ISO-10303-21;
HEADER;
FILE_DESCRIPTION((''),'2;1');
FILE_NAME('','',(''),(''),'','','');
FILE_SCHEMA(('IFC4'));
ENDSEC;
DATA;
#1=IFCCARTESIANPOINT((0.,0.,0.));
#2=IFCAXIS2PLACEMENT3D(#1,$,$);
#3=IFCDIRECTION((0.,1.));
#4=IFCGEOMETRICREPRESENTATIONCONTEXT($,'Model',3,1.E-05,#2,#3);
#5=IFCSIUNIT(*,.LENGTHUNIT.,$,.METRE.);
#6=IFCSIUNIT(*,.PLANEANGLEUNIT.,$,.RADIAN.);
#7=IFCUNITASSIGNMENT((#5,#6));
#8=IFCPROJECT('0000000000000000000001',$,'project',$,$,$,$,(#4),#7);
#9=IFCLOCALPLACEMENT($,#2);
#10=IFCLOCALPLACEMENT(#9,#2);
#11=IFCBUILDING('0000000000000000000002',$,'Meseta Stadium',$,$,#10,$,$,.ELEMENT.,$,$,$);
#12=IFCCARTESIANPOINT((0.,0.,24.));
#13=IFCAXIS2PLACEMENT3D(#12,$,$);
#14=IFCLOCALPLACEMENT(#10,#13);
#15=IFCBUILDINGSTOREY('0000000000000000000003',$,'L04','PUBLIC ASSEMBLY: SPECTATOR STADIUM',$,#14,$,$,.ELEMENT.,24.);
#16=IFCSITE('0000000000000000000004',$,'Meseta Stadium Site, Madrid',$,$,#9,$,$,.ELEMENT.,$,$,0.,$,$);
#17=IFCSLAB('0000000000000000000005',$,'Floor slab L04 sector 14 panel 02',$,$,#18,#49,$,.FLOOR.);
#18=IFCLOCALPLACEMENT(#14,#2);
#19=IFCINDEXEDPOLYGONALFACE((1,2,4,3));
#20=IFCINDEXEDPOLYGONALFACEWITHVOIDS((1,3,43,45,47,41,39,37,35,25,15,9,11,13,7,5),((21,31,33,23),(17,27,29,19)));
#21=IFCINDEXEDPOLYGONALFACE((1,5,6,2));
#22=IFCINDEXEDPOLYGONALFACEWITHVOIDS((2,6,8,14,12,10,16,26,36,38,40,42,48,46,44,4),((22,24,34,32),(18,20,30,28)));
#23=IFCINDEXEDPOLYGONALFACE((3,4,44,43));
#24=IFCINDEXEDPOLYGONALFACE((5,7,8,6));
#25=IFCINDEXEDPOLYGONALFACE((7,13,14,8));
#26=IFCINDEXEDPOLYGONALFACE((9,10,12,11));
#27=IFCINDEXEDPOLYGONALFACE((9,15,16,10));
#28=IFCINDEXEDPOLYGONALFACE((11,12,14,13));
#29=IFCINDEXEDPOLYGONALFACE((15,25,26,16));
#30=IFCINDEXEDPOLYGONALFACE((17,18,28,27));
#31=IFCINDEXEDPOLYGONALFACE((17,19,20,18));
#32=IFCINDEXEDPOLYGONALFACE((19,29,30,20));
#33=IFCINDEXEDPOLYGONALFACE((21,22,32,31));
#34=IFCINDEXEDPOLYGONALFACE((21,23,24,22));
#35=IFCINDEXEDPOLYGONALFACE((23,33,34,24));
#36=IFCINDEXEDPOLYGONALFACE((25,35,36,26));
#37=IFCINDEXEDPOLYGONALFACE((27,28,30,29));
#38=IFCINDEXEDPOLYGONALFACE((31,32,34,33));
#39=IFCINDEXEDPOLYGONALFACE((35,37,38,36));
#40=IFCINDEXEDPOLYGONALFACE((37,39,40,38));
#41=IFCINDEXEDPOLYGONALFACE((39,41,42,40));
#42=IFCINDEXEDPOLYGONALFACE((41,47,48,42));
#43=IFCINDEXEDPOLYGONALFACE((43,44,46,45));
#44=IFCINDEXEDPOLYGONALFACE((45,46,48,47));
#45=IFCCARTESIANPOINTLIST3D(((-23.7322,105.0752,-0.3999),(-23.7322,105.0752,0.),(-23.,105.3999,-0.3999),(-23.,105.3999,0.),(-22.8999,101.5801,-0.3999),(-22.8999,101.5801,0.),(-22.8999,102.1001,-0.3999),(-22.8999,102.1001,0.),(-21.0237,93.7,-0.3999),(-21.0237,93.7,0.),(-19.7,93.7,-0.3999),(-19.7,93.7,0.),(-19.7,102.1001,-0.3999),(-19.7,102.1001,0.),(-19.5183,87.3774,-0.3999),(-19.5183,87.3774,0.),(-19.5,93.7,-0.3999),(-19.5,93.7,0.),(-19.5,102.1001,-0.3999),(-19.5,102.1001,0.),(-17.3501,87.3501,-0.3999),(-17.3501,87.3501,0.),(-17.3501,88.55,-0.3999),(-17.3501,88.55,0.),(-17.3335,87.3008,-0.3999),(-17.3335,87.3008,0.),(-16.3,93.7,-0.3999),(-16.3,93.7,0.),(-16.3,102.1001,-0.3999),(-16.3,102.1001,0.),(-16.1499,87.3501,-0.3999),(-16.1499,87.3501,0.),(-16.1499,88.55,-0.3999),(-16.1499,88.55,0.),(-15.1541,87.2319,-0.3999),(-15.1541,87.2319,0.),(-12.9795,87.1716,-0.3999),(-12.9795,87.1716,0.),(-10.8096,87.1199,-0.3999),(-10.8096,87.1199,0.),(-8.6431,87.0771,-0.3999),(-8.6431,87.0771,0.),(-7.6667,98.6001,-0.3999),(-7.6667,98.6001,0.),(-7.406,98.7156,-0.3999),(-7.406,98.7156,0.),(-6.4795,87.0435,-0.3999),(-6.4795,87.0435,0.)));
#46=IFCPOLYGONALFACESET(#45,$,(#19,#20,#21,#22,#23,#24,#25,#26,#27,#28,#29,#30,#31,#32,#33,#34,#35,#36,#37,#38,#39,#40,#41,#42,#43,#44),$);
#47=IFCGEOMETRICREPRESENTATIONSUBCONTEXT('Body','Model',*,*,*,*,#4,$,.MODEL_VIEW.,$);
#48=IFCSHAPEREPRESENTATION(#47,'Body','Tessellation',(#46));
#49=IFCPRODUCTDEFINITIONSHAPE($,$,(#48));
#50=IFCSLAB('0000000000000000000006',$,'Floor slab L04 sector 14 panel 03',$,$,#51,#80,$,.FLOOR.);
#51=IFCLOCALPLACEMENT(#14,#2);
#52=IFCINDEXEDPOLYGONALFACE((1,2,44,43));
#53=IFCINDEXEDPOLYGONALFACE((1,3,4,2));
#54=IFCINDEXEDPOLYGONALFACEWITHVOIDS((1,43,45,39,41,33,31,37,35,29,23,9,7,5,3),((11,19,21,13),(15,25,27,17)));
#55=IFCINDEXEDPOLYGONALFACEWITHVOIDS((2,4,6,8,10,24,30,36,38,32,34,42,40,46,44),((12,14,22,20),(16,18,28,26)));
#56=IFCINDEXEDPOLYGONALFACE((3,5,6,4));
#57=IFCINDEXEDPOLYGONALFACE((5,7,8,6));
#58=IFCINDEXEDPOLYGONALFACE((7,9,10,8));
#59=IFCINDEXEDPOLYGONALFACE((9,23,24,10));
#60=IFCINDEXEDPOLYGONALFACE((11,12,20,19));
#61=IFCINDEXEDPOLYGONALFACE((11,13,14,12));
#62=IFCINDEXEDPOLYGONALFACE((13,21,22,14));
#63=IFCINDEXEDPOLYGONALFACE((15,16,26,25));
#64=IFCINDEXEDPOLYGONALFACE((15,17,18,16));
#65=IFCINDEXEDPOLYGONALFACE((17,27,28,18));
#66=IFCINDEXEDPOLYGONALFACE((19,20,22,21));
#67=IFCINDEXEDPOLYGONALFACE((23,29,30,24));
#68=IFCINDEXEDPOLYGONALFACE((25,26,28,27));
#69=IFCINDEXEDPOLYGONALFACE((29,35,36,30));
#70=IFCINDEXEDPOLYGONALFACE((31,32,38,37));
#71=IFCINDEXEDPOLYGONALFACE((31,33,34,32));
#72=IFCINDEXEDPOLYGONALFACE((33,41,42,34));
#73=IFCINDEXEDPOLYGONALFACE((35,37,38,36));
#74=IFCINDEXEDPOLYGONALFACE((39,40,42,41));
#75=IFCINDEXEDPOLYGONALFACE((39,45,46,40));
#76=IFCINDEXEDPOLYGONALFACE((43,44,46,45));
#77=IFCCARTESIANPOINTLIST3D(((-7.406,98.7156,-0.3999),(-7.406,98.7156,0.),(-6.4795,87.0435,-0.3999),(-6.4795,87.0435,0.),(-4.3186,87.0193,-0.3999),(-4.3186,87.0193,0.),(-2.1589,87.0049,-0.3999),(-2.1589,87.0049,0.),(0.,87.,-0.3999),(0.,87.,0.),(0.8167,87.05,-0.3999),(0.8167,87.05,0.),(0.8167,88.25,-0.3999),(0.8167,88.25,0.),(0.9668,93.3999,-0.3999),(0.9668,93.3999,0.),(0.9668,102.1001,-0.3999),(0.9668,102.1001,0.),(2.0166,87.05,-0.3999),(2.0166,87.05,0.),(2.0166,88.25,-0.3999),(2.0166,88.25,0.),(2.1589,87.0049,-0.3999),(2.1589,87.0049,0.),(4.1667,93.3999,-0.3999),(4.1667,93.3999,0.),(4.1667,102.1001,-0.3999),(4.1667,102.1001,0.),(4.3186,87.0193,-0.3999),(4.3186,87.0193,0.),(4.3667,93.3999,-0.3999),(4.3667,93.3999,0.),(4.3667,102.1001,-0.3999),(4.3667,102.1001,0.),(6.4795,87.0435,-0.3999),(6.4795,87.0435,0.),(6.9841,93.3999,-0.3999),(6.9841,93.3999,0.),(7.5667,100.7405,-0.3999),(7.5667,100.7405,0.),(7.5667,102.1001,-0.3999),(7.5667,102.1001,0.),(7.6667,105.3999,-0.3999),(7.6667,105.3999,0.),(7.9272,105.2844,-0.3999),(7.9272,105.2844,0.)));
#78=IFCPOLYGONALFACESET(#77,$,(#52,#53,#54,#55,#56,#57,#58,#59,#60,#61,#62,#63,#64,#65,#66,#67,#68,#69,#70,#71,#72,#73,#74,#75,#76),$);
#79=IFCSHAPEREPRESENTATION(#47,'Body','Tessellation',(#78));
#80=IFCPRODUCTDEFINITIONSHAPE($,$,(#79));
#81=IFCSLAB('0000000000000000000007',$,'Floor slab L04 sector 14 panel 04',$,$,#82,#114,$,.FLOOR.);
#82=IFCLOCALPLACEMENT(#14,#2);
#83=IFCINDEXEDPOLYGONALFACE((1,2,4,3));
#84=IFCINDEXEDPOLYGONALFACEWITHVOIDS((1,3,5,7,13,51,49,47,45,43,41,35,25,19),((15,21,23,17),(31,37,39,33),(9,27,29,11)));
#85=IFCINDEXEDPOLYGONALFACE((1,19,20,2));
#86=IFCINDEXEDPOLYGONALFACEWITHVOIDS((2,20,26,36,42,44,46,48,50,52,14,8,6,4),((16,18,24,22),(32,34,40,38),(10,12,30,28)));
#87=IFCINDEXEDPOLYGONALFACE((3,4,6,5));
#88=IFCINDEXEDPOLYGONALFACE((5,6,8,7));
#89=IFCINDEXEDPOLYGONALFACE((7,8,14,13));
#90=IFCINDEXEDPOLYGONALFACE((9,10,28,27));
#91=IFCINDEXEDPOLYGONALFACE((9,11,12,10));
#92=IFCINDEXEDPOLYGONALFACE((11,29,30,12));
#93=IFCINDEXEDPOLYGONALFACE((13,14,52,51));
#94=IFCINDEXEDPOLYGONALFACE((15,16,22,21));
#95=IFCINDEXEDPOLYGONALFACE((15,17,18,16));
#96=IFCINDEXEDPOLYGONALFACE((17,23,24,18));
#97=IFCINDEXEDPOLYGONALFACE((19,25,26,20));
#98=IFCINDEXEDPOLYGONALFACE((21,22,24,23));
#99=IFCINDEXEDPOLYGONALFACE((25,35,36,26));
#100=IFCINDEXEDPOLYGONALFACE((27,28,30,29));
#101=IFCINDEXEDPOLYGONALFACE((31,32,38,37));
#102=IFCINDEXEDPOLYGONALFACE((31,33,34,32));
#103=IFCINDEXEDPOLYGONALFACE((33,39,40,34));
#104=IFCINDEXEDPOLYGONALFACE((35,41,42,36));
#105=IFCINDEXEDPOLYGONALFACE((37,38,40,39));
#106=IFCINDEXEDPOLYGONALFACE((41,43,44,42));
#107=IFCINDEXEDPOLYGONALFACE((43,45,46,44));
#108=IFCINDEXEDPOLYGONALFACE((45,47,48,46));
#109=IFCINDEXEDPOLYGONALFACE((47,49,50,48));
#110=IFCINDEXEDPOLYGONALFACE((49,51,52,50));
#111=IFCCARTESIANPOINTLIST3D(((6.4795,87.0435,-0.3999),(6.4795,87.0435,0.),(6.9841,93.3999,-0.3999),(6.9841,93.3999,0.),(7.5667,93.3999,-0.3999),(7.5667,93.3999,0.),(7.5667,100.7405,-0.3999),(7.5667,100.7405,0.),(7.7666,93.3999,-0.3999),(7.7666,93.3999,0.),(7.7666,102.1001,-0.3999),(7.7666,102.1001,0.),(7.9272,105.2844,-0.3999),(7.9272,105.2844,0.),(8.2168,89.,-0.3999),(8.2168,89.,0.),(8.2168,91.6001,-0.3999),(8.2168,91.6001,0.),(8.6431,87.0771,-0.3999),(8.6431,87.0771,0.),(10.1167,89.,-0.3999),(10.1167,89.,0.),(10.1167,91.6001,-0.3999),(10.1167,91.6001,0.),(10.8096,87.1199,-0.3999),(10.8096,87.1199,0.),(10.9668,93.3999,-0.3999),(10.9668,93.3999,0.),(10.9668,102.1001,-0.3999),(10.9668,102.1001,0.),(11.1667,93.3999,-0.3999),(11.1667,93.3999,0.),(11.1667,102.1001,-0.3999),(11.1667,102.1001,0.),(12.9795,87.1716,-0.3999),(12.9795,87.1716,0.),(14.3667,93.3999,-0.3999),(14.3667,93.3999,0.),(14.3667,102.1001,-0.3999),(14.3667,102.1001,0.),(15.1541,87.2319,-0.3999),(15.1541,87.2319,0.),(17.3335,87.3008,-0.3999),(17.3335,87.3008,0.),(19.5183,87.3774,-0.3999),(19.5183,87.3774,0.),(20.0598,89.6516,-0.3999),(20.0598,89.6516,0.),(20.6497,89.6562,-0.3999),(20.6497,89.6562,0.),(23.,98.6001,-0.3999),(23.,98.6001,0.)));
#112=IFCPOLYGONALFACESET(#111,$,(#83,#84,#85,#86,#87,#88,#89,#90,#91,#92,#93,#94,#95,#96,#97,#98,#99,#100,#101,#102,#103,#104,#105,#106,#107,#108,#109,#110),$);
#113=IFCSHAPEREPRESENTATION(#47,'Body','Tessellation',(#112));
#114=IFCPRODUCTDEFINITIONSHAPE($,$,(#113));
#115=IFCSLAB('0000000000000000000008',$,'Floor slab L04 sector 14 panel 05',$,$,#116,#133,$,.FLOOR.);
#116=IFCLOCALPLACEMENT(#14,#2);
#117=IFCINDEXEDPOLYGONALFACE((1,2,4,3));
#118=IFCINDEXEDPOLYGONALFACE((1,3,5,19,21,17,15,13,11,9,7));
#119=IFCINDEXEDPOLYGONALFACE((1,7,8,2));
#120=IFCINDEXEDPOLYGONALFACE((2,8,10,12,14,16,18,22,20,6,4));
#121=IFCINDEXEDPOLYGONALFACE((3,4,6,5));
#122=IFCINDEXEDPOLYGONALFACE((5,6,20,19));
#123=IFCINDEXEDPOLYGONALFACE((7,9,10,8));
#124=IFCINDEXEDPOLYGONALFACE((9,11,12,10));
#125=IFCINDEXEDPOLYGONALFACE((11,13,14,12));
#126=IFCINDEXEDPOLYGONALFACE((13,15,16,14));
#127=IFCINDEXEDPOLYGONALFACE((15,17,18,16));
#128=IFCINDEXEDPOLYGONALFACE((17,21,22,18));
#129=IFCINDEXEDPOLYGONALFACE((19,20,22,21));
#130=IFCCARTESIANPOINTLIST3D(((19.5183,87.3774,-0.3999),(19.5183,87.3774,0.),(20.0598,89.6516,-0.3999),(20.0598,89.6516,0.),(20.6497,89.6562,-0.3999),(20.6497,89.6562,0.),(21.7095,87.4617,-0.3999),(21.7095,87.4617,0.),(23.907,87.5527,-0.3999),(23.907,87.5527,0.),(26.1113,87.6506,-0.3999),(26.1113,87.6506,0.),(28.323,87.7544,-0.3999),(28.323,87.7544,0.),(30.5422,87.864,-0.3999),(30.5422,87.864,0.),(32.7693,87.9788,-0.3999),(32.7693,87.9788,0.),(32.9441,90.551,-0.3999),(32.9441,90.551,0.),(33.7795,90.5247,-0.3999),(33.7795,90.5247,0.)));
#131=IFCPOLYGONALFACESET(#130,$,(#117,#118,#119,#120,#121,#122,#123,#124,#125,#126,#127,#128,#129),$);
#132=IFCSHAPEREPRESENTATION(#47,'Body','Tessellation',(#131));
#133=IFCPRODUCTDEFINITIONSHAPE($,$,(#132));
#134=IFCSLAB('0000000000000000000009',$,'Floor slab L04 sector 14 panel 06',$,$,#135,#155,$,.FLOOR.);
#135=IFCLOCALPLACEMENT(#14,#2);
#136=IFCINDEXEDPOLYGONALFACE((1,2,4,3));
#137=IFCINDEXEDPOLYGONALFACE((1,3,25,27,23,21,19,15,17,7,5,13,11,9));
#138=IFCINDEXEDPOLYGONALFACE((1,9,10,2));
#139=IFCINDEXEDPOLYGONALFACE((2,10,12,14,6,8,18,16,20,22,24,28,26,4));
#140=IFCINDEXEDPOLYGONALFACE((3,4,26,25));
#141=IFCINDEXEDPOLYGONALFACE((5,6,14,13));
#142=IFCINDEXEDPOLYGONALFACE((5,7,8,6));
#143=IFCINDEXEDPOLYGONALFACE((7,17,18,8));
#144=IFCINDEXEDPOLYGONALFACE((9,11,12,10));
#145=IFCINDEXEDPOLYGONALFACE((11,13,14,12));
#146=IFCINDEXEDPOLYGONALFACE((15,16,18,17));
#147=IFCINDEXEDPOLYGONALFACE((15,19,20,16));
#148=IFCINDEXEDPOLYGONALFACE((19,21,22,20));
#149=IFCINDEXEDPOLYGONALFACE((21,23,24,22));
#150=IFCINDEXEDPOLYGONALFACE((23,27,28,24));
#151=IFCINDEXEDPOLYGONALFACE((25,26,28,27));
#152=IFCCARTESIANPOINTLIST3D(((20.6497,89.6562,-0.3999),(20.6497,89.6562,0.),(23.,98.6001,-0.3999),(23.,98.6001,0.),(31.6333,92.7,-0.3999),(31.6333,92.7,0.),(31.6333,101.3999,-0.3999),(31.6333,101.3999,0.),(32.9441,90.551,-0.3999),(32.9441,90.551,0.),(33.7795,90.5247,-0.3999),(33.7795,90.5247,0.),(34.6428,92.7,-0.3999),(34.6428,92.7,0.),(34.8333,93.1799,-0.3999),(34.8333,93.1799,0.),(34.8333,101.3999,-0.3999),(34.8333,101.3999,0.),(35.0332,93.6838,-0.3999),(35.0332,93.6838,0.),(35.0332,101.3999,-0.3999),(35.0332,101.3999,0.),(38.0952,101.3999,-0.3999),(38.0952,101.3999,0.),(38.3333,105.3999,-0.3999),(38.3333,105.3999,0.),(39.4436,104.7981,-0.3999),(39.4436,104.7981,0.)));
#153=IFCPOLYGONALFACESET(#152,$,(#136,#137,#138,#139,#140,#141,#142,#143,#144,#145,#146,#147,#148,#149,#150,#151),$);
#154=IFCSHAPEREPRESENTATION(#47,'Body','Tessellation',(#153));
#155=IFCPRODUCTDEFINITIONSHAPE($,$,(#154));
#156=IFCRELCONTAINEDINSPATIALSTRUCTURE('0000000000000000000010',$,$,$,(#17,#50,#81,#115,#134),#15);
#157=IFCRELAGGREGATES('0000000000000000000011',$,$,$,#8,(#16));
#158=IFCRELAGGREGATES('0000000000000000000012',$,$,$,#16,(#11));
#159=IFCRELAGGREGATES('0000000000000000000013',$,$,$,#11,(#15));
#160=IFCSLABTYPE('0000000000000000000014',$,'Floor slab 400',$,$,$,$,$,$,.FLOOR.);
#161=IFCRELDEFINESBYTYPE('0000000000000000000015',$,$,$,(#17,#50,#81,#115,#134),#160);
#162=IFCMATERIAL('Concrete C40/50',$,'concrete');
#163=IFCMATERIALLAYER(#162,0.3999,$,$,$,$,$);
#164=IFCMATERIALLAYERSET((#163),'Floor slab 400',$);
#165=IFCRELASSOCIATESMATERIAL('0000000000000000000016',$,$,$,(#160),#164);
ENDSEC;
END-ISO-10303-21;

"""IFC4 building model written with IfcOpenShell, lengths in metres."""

from ifc_helpers import new_model, si_unit, direction, frame, origin, place, context, subcontext, project, spatial, polyline, outline, extrude, material, layer, layer_set, type_object, element, save


model = new_model("IFC4")

# Units and contexts
model_context = context("Model", 3, precision=1e-05, world=origin(), true_north=direction((0.0, 1.0)))
body_context = subcontext(model_context, "Body", "Model", "MODEL_VIEW")
ifc_project = project(units=[si_unit("LENGTHUNIT", "METRE"), si_unit("PLANEANGLEUNIT", "RADIAN")], contexts=[model_context])

# Site, building, storey
site_placement = place(None, origin())
site = spatial("IfcSite", under=ifc_project, at=site_placement, Name="Meseta Stadium Site, Madrid", CompositionType="ELEMENT", RefElevation=0.0)
building_placement = place(site_placement, origin())
building = spatial("IfcBuilding", under=site, at=building_placement, Name="Meseta Stadium", CompositionType="ELEMENT")
storey_placement = place(building_placement, frame((0.0, 0.0, 24.0)))
storey = spatial("IfcBuildingStorey", under=building, at=storey_placement, Name="L04", Description="PUBLIC ASSEMBLY: SPECTATOR STADIUM", CompositionType="ELEMENT", Elevation=24.0)

# Slabs
ifc_material = material(Name="Concrete C40/50", Category="concrete")
ifc_layer = layer(ifc_material, 0.3999)
ifc_layer_set = layer_set([ifc_layer], Name="Floor slab 400")
slab_type = type_object("IfcSlabType", Name="Floor slab 400", PredefinedType="FLOOR", material=ifc_layer_set)
slab_1_placement = place(storey_placement, frame((0.0, 0.0, -0.3999)))
element("IfcSlab", 1, at=slab_1_placement, inside=storey, type_object=slab_type, Name="Floor slab L04 sector 14 panel 02", PredefinedType="FLOOR", context=body_context, shape_type="SweptSolid", body=[
    extrude(outline(polyline([(-19.7, 102.1001), (-19.7, 93.7), (-21.0237, 93.7), (-19.5183, 87.3774), (-17.3335, 87.3008), (-15.1541, 87.2319), (-12.9795, 87.1716), (-10.8096, 87.1199), (-8.6431, 87.0771), (-6.4795, 87.0435), (-7.406, 98.7156), (-7.6667, 98.6001), (-23.0, 105.3999), (-23.7322, 105.0752), (-22.8999, 101.5801), (-22.8999, 102.1001), (-19.7, 102.1001)]), holes=[polyline([(-16.3, 93.7), (-19.5, 93.7), (-19.5, 102.1001), (-16.3, 102.1001), (-16.3, 93.7)]), polyline([(-17.3501, 88.55), (-16.1499, 88.55), (-16.1499, 87.3501), (-17.3501, 87.3501), (-17.3501, 88.55)])]), origin(), (0.0, 0.0, 1.0), 0.3999),
])
slab_2_placement = place(storey_placement, frame((0.0, 0.0, -0.3999)))
element("IfcSlab", 2, at=slab_2_placement, inside=storey, type_object=slab_type, Name="Floor slab L04 sector 14 panel 03", PredefinedType="FLOOR", context=body_context, shape_type="SweptSolid", body=[
    extrude(outline(polyline([(7.5667, 102.1001), (7.5667, 100.7405), (7.9272, 105.2844), (7.6667, 105.3999), (-7.406, 98.7156), (-6.4795, 87.0435), (-4.3186, 87.0193), (-2.1589, 87.0049), (0.0, 87.0), (2.1589, 87.0049), (4.3186, 87.0193), (6.4795, 87.0435), (6.9841, 93.3999), (4.3667, 93.3999), (4.3667, 102.1001), (7.5667, 102.1001)]), holes=[polyline([(0.9668, 102.1001), (4.1667, 102.1001), (4.1667, 93.3999), (0.9668, 93.3999), (0.9668, 102.1001)]), polyline([(0.8167, 87.05), (0.8167, 88.25), (2.0166, 88.25), (2.0166, 87.05), (0.8167, 87.05)])]), origin(), (0.0, 0.0, 1.0), 0.3999),
])
slab_3_placement = place(storey_placement, frame((0.0, 0.0, -0.3999)))
element("IfcSlab", 3, at=slab_3_placement, inside=storey, type_object=slab_type, Name="Floor slab L04 sector 14 panel 04", PredefinedType="FLOOR", context=body_context, shape_type="SweptSolid", body=[
    extrude(outline(polyline([(8.6431, 87.0771), (10.8096, 87.1199), (12.9795, 87.1716), (15.1541, 87.2319), (17.3335, 87.3008), (19.5183, 87.3774), (20.0598, 89.6516), (20.6497, 89.6562), (23.0, 98.6001), (7.9272, 105.2844), (7.5667, 100.7405), (7.5667, 93.3999), (6.9841, 93.3999), (6.4795, 87.0435), (8.6431, 87.0771)]), holes=[polyline([(8.2168, 91.6001), (10.1167, 91.6001), (10.1167, 89.0), (8.2168, 89.0), (8.2168, 91.6001)]), polyline([(10.9668, 93.3999), (7.7666, 93.3999), (7.7666, 102.1001), (10.9668, 102.1001), (10.9668, 93.3999)]), polyline([(14.3667, 93.3999), (11.1667, 93.3999), (11.1667, 102.1001), (14.3667, 102.1001), (14.3667, 93.3999)])]), origin(), (0.0, 0.0, 1.0), 0.3999),
])
slab_4_placement = place(storey_placement, frame((0.0, 0.0, -0.3999)))
element("IfcSlab", 4, at=slab_4_placement, inside=storey, type_object=slab_type, Name="Floor slab L04 sector 14 panel 05", PredefinedType="FLOOR", context=body_context, shape_type="SweptSolid", body=[
    extrude(outline(polyline([(30.5422, 87.864), (32.7693, 87.9788), (33.7795, 90.5247), (32.9441, 90.551), (20.6497, 89.6562), (20.0598, 89.6516), (19.5183, 87.3774), (21.7095, 87.4617), (23.907, 87.5527), (26.1113, 87.6506), (28.323, 87.7544), (30.5422, 87.864)])), origin(), (0.0, 0.0, 1.0), 0.3999),
])
slab_5_placement = place(storey_placement, frame((0.0, 0.0, -0.3999)))
element("IfcSlab", 5, at=slab_5_placement, inside=storey, type_object=slab_type, Name="Floor slab L04 sector 14 panel 06", PredefinedType="FLOOR", context=body_context, shape_type="SweptSolid", body=[
    extrude(outline(polyline([(38.0952, 101.3999), (39.4436, 104.7981), (38.3333, 105.3999), (23.0, 98.6001), (20.6497, 89.6562), (32.9441, 90.551), (33.7795, 90.5247), (34.6428, 92.7), (31.6333, 92.7), (31.6333, 101.3999), (34.8333, 101.3999), (34.8333, 93.1799), (35.0332, 93.6838), (35.0332, 101.3999), (38.0952, 101.3999)])), origin(), (0.0, 0.0, 1.0), 0.3999),
])

save(model, "model.ifc")
